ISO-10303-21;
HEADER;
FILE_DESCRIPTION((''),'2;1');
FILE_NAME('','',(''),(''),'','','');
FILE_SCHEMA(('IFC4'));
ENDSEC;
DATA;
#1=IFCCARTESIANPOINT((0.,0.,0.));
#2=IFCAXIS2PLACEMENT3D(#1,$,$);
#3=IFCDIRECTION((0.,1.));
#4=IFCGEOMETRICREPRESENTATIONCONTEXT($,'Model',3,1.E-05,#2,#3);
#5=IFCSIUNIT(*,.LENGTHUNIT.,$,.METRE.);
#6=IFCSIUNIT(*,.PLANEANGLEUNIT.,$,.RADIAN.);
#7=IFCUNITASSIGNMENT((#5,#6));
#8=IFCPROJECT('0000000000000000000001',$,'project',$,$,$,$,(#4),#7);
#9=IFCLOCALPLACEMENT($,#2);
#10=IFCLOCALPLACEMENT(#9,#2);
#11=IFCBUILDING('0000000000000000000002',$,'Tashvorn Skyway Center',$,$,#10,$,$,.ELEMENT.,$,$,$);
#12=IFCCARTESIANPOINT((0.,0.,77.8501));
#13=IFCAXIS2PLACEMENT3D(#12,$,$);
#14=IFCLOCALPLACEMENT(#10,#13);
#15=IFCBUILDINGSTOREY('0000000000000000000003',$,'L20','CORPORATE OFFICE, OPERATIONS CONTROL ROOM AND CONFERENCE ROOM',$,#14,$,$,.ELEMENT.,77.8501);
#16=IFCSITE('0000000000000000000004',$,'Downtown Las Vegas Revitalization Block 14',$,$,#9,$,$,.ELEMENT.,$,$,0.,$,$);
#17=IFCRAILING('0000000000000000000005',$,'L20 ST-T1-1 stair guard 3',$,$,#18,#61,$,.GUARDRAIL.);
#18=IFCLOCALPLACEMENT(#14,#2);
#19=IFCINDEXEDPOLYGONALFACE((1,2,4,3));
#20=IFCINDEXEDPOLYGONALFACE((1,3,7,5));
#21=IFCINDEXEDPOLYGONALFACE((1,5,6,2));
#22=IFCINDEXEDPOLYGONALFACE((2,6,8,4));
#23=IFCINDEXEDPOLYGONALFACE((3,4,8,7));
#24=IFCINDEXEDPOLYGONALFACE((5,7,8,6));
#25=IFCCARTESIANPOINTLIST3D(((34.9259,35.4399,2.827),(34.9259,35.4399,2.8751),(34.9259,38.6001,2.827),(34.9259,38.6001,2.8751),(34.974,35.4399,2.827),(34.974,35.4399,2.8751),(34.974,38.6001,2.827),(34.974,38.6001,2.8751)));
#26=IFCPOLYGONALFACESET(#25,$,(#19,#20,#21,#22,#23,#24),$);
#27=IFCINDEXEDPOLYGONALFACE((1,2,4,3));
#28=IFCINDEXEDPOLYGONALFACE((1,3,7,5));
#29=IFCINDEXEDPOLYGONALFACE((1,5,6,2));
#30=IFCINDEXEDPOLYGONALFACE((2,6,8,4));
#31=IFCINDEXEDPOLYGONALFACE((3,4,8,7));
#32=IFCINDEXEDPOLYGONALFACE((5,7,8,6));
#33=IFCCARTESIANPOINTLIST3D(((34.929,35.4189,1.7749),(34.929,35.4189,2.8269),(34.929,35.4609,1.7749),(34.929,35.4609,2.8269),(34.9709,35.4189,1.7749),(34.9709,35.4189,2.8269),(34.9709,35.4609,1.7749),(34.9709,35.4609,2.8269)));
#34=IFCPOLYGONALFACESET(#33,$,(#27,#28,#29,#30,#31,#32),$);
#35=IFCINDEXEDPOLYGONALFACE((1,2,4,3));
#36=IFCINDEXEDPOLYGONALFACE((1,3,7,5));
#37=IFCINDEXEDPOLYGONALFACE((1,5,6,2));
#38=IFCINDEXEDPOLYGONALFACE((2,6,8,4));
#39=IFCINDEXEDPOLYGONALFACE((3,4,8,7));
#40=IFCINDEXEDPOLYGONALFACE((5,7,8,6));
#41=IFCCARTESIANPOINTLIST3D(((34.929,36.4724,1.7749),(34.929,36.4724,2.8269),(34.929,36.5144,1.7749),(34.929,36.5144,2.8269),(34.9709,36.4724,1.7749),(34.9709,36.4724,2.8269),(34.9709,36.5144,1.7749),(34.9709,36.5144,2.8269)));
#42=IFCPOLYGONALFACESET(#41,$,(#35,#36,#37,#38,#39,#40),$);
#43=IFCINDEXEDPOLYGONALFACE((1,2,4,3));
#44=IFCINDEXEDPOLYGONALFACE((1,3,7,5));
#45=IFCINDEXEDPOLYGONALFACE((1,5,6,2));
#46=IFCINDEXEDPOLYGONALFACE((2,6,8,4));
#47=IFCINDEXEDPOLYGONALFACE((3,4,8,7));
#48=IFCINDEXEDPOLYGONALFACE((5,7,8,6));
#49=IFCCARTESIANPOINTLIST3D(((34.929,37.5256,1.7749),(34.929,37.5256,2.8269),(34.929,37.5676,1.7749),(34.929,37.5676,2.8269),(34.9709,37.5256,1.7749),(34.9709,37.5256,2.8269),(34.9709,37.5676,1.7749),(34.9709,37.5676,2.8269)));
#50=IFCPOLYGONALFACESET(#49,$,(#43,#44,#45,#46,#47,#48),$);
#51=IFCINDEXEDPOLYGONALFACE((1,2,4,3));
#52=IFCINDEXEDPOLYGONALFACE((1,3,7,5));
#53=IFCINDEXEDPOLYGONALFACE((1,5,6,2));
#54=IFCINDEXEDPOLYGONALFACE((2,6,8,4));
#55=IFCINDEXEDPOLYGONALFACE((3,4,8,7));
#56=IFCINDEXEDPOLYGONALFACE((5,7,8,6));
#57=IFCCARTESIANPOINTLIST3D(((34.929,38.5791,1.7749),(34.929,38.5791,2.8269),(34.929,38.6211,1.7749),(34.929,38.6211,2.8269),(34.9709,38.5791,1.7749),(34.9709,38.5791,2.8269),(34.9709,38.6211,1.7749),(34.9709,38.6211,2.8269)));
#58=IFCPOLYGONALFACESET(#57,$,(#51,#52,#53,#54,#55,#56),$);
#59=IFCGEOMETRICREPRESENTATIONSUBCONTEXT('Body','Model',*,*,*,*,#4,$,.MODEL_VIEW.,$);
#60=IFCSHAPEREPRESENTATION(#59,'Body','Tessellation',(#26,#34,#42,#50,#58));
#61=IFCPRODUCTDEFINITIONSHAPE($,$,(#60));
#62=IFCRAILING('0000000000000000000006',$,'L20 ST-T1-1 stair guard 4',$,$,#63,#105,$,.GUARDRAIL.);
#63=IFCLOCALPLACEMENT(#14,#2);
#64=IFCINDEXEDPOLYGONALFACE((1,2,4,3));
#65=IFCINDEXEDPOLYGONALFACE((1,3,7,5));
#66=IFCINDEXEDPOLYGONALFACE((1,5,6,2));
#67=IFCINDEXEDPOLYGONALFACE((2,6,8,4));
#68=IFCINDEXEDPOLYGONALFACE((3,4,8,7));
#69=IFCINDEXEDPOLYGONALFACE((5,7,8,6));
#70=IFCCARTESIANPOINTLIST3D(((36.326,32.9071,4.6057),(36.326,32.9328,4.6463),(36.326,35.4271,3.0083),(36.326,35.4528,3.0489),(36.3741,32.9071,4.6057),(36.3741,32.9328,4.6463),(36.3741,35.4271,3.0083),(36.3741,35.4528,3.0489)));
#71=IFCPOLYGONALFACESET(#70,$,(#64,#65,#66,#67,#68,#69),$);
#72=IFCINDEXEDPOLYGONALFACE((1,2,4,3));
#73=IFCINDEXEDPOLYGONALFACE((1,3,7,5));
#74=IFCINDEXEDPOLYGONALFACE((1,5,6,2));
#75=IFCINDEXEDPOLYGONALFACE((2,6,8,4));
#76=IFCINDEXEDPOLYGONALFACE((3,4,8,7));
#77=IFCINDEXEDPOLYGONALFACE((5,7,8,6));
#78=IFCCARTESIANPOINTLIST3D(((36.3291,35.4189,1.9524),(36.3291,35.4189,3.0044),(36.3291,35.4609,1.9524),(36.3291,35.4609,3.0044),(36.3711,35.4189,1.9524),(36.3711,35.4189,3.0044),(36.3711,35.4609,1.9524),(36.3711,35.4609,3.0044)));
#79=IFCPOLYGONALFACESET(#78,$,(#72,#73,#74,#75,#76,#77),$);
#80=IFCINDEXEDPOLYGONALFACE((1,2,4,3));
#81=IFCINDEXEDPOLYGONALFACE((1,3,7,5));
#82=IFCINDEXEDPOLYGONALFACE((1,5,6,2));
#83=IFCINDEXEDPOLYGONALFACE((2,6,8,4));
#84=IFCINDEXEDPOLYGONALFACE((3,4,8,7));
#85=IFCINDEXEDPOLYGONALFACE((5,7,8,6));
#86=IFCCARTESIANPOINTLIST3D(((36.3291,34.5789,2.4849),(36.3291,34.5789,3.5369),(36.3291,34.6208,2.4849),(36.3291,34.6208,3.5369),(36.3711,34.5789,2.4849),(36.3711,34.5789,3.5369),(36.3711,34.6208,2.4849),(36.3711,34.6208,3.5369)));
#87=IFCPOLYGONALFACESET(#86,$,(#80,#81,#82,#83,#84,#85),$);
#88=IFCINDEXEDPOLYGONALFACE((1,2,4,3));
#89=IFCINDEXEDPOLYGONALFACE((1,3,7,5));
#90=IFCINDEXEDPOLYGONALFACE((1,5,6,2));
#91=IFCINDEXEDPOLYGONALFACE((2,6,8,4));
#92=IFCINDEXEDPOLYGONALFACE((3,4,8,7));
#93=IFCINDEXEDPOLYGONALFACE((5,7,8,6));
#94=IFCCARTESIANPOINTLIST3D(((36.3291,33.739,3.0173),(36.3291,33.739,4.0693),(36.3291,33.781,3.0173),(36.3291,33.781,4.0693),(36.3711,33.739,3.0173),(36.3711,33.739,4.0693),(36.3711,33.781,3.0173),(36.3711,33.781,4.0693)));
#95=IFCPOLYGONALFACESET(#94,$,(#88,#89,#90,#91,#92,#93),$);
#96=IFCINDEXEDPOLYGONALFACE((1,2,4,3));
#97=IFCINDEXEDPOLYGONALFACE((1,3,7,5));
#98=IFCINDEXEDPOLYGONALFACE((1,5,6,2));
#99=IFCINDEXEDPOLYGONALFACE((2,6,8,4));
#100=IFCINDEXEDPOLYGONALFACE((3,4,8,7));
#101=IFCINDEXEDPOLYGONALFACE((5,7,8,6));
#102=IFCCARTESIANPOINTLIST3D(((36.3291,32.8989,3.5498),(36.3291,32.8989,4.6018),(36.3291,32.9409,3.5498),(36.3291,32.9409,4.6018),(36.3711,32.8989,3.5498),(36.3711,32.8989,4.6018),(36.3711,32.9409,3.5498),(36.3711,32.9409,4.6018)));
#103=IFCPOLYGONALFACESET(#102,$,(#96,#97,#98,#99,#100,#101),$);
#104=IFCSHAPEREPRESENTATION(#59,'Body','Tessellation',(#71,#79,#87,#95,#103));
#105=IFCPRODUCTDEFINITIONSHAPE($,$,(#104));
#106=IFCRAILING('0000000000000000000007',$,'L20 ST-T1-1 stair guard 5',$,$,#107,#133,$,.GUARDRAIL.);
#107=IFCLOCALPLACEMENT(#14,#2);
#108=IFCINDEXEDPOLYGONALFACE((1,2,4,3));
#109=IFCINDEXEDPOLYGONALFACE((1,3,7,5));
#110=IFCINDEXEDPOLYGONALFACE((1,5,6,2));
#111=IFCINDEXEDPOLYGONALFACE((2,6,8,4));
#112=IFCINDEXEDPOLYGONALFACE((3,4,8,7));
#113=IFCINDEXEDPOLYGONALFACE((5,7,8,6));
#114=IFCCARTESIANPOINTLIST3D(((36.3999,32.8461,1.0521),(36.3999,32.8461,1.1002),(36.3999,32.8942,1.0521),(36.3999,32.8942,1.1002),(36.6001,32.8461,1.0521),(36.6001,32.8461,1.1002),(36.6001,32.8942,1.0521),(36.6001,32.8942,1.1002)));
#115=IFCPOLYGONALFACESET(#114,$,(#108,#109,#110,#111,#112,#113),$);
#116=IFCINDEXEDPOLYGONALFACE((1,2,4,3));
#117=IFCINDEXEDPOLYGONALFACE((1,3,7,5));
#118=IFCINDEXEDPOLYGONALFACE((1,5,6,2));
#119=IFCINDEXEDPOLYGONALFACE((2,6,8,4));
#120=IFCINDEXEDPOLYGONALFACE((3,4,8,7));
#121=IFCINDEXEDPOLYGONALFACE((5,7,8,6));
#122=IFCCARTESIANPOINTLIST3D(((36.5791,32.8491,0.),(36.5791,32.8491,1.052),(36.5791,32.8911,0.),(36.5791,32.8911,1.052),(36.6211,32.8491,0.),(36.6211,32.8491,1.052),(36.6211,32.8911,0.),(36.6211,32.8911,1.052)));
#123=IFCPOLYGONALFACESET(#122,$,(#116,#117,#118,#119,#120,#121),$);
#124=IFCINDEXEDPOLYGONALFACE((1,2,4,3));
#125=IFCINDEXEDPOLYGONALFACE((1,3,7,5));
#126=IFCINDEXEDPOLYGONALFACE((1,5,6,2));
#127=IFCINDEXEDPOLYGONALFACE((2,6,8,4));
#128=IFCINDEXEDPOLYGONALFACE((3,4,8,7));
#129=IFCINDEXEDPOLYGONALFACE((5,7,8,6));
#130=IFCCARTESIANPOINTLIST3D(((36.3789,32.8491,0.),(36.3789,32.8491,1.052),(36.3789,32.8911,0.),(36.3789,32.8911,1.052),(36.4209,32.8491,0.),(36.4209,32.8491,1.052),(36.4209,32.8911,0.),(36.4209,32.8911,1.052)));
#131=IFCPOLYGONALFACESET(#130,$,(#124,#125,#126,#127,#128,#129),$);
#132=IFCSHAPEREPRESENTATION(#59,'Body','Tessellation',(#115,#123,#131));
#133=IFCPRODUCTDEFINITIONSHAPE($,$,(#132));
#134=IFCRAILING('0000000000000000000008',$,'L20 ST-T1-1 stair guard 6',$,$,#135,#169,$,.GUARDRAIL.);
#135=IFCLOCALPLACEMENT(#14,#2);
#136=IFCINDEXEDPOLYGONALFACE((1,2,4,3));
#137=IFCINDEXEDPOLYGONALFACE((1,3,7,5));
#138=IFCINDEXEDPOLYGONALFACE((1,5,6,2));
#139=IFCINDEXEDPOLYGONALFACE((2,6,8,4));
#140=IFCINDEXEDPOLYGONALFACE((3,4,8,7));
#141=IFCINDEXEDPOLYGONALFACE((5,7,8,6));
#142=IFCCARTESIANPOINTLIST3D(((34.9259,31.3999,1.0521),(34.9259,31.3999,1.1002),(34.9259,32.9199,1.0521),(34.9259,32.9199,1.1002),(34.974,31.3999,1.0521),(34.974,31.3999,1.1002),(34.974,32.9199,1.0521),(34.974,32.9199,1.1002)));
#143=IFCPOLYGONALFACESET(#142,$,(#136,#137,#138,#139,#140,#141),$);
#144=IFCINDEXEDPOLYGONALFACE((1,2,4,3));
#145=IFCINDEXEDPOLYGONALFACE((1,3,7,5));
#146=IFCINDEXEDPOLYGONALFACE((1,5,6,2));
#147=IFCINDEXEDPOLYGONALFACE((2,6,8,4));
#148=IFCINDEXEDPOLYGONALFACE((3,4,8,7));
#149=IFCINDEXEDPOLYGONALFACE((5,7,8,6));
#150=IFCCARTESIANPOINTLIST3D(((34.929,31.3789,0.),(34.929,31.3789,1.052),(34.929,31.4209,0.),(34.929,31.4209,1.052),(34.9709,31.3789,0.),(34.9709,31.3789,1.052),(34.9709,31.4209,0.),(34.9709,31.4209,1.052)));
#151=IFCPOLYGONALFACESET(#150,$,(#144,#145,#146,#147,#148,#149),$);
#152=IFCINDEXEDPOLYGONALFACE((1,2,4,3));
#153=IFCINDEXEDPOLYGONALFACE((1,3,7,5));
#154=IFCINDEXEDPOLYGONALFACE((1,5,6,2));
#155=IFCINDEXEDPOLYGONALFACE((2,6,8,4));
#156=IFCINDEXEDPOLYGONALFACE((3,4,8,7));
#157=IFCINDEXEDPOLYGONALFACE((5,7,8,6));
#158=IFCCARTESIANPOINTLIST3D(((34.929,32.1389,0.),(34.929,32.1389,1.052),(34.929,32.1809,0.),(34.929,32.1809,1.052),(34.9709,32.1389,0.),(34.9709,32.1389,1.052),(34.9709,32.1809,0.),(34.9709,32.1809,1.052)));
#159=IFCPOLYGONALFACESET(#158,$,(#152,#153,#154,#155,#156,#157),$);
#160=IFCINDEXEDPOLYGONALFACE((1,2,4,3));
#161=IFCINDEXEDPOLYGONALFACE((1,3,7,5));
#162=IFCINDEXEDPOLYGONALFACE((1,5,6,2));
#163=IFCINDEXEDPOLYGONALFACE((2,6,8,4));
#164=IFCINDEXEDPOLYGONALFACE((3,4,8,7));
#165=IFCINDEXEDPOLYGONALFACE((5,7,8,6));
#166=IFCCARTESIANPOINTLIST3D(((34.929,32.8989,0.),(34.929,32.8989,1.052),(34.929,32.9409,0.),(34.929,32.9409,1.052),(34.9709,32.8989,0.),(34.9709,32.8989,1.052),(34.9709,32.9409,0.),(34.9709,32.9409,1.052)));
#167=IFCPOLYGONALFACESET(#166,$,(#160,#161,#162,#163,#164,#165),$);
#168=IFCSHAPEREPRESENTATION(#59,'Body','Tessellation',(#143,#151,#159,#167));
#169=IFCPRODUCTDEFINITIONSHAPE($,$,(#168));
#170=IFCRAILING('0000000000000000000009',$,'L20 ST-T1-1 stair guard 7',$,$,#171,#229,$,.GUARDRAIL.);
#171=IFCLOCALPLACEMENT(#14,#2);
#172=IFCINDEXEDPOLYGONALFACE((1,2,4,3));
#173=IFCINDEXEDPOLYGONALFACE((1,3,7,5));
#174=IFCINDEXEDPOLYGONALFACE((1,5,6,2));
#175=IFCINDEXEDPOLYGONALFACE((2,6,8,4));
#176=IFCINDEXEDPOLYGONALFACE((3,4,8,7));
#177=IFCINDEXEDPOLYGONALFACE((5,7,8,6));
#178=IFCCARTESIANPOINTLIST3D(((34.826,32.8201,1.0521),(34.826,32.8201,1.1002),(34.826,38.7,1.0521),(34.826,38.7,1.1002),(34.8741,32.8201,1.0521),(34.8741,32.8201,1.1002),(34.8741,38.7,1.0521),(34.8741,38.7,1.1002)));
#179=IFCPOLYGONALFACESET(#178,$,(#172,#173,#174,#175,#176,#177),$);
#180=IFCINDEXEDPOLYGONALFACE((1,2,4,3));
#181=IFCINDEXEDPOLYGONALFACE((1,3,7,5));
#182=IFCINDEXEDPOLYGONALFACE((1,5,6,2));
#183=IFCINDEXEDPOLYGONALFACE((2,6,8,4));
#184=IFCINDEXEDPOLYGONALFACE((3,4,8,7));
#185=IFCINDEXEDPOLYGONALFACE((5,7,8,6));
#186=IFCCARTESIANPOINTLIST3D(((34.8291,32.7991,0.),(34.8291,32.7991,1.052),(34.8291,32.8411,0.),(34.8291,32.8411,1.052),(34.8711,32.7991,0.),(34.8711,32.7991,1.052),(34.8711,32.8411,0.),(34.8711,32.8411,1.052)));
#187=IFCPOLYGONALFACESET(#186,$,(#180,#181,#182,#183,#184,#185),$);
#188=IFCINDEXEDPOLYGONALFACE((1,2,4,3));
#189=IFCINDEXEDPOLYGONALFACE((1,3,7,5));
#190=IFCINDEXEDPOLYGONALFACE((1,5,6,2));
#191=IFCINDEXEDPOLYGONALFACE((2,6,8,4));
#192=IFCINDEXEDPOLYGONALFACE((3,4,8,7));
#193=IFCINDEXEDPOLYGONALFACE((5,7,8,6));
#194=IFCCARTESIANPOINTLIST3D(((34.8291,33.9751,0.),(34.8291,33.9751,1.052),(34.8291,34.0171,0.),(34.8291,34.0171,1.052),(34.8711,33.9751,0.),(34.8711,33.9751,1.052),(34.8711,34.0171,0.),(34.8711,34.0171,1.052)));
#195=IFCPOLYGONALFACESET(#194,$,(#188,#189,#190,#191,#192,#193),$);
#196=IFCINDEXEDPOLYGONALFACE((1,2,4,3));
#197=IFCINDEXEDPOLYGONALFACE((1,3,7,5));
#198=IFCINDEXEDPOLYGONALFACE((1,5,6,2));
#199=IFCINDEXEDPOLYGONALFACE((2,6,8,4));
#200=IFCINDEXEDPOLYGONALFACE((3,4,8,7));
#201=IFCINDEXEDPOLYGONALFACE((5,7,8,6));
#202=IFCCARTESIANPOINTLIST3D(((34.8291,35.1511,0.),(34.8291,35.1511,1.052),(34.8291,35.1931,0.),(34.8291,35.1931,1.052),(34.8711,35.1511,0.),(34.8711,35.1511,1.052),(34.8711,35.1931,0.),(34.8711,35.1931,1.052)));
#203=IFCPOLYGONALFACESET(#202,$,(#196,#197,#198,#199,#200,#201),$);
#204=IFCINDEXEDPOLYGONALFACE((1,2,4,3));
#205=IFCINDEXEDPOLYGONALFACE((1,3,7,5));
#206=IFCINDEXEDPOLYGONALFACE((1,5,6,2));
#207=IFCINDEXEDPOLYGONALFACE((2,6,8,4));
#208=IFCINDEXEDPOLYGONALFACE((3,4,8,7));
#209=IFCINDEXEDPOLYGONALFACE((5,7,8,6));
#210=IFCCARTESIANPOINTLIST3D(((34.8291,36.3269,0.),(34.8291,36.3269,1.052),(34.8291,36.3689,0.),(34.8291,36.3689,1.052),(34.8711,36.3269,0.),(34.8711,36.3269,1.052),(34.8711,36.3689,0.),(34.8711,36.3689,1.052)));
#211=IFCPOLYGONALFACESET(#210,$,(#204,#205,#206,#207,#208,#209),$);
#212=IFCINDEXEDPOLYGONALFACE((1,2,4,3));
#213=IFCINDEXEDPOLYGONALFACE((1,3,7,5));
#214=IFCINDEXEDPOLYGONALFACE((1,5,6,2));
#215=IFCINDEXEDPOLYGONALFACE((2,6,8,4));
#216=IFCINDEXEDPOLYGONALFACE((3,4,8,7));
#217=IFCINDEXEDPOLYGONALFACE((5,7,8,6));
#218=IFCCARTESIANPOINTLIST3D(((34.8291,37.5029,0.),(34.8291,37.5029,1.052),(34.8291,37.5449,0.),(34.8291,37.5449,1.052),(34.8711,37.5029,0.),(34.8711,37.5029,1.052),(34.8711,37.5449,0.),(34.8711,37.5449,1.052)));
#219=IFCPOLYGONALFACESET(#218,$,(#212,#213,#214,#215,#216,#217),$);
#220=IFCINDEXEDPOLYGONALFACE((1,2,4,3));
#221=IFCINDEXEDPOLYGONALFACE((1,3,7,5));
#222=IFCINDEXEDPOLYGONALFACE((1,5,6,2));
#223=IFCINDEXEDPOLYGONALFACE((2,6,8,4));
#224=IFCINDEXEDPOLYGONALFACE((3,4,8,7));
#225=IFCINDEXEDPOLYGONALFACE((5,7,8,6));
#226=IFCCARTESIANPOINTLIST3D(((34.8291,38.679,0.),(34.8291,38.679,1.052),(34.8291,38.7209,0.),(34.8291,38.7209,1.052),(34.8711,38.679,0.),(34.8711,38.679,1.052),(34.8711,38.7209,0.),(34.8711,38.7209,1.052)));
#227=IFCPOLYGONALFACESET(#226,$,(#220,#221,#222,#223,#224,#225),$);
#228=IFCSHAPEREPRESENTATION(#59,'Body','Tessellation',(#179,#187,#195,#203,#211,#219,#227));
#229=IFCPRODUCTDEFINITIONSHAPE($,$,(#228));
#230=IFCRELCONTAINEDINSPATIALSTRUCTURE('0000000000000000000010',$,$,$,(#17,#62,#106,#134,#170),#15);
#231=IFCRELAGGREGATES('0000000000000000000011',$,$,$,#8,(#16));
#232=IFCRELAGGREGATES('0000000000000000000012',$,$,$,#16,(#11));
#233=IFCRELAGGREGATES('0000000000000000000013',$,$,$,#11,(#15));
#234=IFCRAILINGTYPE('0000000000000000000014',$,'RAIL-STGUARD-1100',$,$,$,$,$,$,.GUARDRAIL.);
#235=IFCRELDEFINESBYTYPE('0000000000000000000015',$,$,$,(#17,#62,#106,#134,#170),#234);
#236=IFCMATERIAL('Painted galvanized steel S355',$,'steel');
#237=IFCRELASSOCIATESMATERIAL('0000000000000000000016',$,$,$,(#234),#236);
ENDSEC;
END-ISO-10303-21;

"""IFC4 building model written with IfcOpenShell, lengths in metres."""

from ifc_helpers import new_model, si_unit, direction, frame, origin, origin_2d, place, context, subcontext, project, spatial, rectangle, extrude, material, type_object, element, save


model = new_model("IFC4")

# Units and contexts
model_context = context("Model", 3, precision=1e-05, world=origin(), true_north=direction((0.0, 1.0)))
body_context = subcontext(model_context, "Body", "Model", "MODEL_VIEW")
ifc_project = project(units=[si_unit("LENGTHUNIT", "METRE"), si_unit("PLANEANGLEUNIT", "RADIAN")], contexts=[model_context])

# Site, building, storey
site_placement = place(None, origin())
site = spatial("IfcSite", under=ifc_project, at=site_placement, Name="Downtown Las Vegas Revitalization Block 14", CompositionType="ELEMENT", RefElevation=0.0)
building_placement = place(site_placement, origin())
building = spatial("IfcBuilding", under=site, at=building_placement, Name="Tashvorn Skyway Center", CompositionType="ELEMENT")
storey_placement = place(building_placement, frame((0.0, 0.0, 77.8501)))
storey = spatial("IfcBuildingStorey", under=building, at=storey_placement, Name="L20", Description="CORPORATE OFFICE, OPERATIONS CONTROL ROOM AND CONFERENCE ROOM", CompositionType="ELEMENT", Elevation=77.8501)

# Railings
ifc_material_1 = material(Name="Painted galvanized steel S355", Category="steel")
railing_type_1 = type_object("IfcRailingType", Name="RAIL-STGUARD-1100", PredefinedType="GUARDRAIL", material=ifc_material_1)
railing_1_placement = place(storey_placement, frame((34.95, 35.4399, 1.7749)))
element("IfcRailing", 1, at=railing_1_placement, inside=storey, type_object=railing_type_1, Name="L20 ST-T1-1 stair guard 3", PredefinedType="GUARDRAIL", context=body_context, shape_type="SweptSolid", body=[
    extrude(rectangle(XDim=0.0481, YDim=0.0481, at=origin_2d()), frame((0.0, 0.0, 1.0762), z_axis=(0.0, 1.0, 0.0), x_axis=(-1.0, 0.0, 0.0)), (0.0, 0.0, 1.0), 3.1602),
    extrude(rectangle(XDim=0.042, YDim=0.042, at=origin_2d()), origin(), (0.0, 0.0, 1.0), 1.052),
    extrude(rectangle(XDim=0.042, YDim=0.042, at=origin_2d()), frame((0.0, 1.0535, 0.0)), (0.0, 0.0, 1.0), 1.052),
    extrude(rectangle(XDim=0.042, YDim=0.042, at=origin_2d()), frame((0.0, 2.1067, 0.0)), (0.0, 0.0, 1.0), 1.052),
    extrude(rectangle(XDim=0.042, YDim=0.042, at=origin_2d()), frame((0.0, 3.1602, 0.0)), (0.0, 0.0, 1.0), 1.052),
])
railing_2_placement = place(storey_placement, frame((36.3501, 35.4399, 1.9524)))
element("IfcRailing", 2, at=railing_2_placement, inside=storey, type_object=railing_type_1, Name="L20 ST-T1-1 stair guard 4", PredefinedType="GUARDRAIL", context=body_context, shape_type="SweptSolid", body=[
    extrude(rectangle(XDim=0.0481, YDim=0.0481, at=origin_2d()), frame((0.0, 0.0, 1.0762), z_axis=(0.0, -0.844607, 0.535387), x_axis=(1.0, 0.0, 0.0)), (0.0, 0.0, 1.0), 2.9836),
    extrude(rectangle(XDim=0.042, YDim=0.042, at=origin_2d()), origin(), (0.0, 0.0, 1.0), 1.052),
    extrude(rectangle(XDim=0.042, YDim=0.042, at=origin_2d()), frame((0.0, -0.8401, 0.5325)), (0.0, 0.0, 1.0), 1.052),
    extrude(rectangle(XDim=0.042, YDim=0.042, at=origin_2d()), frame((0.0, -1.6799, 1.0649)), (0.0, 0.0, 1.0), 1.052),
    extrude(rectangle(XDim=0.042, YDim=0.042, at=origin_2d()), frame((0.0, -2.52, 1.5974)), (0.0, 0.0, 1.0), 1.052),
])
railing_3_placement = place(storey_placement, frame((36.6001, 32.8701, 0.0)))
element("IfcRailing", 3, at=railing_3_placement, inside=storey, type_object=railing_type_1, Name="L20 ST-T1-1 stair guard 5", PredefinedType="GUARDRAIL", context=body_context, shape_type="SweptSolid", body=[
    extrude(rectangle(XDim=0.0481, YDim=0.0481, at=origin_2d()), frame((0.0, 0.0, 1.0762), z_axis=(-1.0, 0.0, 0.0), x_axis=(0.0, -1.0, 0.0)), (0.0, 0.0, 1.0), 0.2002),
    extrude(rectangle(XDim=0.042, YDim=0.042, at=origin_2d()), origin(), (0.0, 0.0, 1.0), 1.052),
    extrude(rectangle(XDim=0.042, YDim=0.042, at=origin_2d()), frame((-0.2002, 0.0, 0.0)), (0.0, 0.0, 1.0), 1.052),
])
railing_4_placement = place(storey_placement, frame((34.95, 31.3999, 0.0)))
element("IfcRailing", 4, at=railing_4_placement, inside=storey, type_object=railing_type_1, Name="L20 ST-T1-1 stair guard 6", PredefinedType="GUARDRAIL", context=body_context, shape_type="SweptSolid", body=[
    extrude(rectangle(XDim=0.0481, YDim=0.0481, at=origin_2d()), frame((0.0, 0.0, 1.0762), z_axis=(0.0, 1.0, 0.0), x_axis=(-1.0, 0.0, 0.0)), (0.0, 0.0, 1.0), 1.52),
    extrude(rectangle(XDim=0.042, YDim=0.042, at=origin_2d()), origin(), (0.0, 0.0, 1.0), 1.052),
    extrude(rectangle(XDim=0.042, YDim=0.042, at=origin_2d()), frame((0.0, 0.76, 0.0)), (0.0, 0.0, 1.0), 1.052),
    extrude(rectangle(XDim=0.042, YDim=0.042, at=origin_2d()), frame((0.0, 1.52, 0.0)), (0.0, 0.0, 1.0), 1.052),
])
railing_5_placement = place(storey_placement, frame((34.8501, 32.8201, 0.0)))
element("IfcRailing", 5, at=railing_5_placement, inside=storey, type_object=railing_type_1, Name="L20 ST-T1-1 stair guard 7", PredefinedType="GUARDRAIL", context=body_context, shape_type="SweptSolid", body=[
    extrude(rectangle(XDim=0.0481, YDim=0.0481, at=origin_2d()), frame((0.0, 0.0, 1.0762), z_axis=(0.0, 1.0, 0.0), x_axis=(-1.0, 0.0, 0.0)), (0.0, 0.0, 1.0), 5.8799),
    extrude(rectangle(XDim=0.042, YDim=0.042, at=origin_2d()), origin(), (0.0, 0.0, 1.0), 1.052),
    extrude(rectangle(XDim=0.042, YDim=0.042, at=origin_2d()), frame((0.0, 1.176, 0.0)), (0.0, 0.0, 1.0), 1.052),
    extrude(rectangle(XDim=0.042, YDim=0.042, at=origin_2d()), frame((0.0, 2.3521, 0.0)), (0.0, 0.0, 1.0), 1.052),
    extrude(rectangle(XDim=0.042, YDim=0.042, at=origin_2d()), frame((0.0, 3.5278, 0.0)), (0.0, 0.0, 1.0), 1.052),
    extrude(rectangle(XDim=0.042, YDim=0.042, at=origin_2d()), frame((0.0, 4.7039, 0.0)), (0.0, 0.0, 1.0), 1.052),
    extrude(rectangle(XDim=0.042, YDim=0.042, at=origin_2d()), frame((0.0, 5.8799, 0.0)), (0.0, 0.0, 1.0), 1.052),
])

save(model, "model.ifc")
